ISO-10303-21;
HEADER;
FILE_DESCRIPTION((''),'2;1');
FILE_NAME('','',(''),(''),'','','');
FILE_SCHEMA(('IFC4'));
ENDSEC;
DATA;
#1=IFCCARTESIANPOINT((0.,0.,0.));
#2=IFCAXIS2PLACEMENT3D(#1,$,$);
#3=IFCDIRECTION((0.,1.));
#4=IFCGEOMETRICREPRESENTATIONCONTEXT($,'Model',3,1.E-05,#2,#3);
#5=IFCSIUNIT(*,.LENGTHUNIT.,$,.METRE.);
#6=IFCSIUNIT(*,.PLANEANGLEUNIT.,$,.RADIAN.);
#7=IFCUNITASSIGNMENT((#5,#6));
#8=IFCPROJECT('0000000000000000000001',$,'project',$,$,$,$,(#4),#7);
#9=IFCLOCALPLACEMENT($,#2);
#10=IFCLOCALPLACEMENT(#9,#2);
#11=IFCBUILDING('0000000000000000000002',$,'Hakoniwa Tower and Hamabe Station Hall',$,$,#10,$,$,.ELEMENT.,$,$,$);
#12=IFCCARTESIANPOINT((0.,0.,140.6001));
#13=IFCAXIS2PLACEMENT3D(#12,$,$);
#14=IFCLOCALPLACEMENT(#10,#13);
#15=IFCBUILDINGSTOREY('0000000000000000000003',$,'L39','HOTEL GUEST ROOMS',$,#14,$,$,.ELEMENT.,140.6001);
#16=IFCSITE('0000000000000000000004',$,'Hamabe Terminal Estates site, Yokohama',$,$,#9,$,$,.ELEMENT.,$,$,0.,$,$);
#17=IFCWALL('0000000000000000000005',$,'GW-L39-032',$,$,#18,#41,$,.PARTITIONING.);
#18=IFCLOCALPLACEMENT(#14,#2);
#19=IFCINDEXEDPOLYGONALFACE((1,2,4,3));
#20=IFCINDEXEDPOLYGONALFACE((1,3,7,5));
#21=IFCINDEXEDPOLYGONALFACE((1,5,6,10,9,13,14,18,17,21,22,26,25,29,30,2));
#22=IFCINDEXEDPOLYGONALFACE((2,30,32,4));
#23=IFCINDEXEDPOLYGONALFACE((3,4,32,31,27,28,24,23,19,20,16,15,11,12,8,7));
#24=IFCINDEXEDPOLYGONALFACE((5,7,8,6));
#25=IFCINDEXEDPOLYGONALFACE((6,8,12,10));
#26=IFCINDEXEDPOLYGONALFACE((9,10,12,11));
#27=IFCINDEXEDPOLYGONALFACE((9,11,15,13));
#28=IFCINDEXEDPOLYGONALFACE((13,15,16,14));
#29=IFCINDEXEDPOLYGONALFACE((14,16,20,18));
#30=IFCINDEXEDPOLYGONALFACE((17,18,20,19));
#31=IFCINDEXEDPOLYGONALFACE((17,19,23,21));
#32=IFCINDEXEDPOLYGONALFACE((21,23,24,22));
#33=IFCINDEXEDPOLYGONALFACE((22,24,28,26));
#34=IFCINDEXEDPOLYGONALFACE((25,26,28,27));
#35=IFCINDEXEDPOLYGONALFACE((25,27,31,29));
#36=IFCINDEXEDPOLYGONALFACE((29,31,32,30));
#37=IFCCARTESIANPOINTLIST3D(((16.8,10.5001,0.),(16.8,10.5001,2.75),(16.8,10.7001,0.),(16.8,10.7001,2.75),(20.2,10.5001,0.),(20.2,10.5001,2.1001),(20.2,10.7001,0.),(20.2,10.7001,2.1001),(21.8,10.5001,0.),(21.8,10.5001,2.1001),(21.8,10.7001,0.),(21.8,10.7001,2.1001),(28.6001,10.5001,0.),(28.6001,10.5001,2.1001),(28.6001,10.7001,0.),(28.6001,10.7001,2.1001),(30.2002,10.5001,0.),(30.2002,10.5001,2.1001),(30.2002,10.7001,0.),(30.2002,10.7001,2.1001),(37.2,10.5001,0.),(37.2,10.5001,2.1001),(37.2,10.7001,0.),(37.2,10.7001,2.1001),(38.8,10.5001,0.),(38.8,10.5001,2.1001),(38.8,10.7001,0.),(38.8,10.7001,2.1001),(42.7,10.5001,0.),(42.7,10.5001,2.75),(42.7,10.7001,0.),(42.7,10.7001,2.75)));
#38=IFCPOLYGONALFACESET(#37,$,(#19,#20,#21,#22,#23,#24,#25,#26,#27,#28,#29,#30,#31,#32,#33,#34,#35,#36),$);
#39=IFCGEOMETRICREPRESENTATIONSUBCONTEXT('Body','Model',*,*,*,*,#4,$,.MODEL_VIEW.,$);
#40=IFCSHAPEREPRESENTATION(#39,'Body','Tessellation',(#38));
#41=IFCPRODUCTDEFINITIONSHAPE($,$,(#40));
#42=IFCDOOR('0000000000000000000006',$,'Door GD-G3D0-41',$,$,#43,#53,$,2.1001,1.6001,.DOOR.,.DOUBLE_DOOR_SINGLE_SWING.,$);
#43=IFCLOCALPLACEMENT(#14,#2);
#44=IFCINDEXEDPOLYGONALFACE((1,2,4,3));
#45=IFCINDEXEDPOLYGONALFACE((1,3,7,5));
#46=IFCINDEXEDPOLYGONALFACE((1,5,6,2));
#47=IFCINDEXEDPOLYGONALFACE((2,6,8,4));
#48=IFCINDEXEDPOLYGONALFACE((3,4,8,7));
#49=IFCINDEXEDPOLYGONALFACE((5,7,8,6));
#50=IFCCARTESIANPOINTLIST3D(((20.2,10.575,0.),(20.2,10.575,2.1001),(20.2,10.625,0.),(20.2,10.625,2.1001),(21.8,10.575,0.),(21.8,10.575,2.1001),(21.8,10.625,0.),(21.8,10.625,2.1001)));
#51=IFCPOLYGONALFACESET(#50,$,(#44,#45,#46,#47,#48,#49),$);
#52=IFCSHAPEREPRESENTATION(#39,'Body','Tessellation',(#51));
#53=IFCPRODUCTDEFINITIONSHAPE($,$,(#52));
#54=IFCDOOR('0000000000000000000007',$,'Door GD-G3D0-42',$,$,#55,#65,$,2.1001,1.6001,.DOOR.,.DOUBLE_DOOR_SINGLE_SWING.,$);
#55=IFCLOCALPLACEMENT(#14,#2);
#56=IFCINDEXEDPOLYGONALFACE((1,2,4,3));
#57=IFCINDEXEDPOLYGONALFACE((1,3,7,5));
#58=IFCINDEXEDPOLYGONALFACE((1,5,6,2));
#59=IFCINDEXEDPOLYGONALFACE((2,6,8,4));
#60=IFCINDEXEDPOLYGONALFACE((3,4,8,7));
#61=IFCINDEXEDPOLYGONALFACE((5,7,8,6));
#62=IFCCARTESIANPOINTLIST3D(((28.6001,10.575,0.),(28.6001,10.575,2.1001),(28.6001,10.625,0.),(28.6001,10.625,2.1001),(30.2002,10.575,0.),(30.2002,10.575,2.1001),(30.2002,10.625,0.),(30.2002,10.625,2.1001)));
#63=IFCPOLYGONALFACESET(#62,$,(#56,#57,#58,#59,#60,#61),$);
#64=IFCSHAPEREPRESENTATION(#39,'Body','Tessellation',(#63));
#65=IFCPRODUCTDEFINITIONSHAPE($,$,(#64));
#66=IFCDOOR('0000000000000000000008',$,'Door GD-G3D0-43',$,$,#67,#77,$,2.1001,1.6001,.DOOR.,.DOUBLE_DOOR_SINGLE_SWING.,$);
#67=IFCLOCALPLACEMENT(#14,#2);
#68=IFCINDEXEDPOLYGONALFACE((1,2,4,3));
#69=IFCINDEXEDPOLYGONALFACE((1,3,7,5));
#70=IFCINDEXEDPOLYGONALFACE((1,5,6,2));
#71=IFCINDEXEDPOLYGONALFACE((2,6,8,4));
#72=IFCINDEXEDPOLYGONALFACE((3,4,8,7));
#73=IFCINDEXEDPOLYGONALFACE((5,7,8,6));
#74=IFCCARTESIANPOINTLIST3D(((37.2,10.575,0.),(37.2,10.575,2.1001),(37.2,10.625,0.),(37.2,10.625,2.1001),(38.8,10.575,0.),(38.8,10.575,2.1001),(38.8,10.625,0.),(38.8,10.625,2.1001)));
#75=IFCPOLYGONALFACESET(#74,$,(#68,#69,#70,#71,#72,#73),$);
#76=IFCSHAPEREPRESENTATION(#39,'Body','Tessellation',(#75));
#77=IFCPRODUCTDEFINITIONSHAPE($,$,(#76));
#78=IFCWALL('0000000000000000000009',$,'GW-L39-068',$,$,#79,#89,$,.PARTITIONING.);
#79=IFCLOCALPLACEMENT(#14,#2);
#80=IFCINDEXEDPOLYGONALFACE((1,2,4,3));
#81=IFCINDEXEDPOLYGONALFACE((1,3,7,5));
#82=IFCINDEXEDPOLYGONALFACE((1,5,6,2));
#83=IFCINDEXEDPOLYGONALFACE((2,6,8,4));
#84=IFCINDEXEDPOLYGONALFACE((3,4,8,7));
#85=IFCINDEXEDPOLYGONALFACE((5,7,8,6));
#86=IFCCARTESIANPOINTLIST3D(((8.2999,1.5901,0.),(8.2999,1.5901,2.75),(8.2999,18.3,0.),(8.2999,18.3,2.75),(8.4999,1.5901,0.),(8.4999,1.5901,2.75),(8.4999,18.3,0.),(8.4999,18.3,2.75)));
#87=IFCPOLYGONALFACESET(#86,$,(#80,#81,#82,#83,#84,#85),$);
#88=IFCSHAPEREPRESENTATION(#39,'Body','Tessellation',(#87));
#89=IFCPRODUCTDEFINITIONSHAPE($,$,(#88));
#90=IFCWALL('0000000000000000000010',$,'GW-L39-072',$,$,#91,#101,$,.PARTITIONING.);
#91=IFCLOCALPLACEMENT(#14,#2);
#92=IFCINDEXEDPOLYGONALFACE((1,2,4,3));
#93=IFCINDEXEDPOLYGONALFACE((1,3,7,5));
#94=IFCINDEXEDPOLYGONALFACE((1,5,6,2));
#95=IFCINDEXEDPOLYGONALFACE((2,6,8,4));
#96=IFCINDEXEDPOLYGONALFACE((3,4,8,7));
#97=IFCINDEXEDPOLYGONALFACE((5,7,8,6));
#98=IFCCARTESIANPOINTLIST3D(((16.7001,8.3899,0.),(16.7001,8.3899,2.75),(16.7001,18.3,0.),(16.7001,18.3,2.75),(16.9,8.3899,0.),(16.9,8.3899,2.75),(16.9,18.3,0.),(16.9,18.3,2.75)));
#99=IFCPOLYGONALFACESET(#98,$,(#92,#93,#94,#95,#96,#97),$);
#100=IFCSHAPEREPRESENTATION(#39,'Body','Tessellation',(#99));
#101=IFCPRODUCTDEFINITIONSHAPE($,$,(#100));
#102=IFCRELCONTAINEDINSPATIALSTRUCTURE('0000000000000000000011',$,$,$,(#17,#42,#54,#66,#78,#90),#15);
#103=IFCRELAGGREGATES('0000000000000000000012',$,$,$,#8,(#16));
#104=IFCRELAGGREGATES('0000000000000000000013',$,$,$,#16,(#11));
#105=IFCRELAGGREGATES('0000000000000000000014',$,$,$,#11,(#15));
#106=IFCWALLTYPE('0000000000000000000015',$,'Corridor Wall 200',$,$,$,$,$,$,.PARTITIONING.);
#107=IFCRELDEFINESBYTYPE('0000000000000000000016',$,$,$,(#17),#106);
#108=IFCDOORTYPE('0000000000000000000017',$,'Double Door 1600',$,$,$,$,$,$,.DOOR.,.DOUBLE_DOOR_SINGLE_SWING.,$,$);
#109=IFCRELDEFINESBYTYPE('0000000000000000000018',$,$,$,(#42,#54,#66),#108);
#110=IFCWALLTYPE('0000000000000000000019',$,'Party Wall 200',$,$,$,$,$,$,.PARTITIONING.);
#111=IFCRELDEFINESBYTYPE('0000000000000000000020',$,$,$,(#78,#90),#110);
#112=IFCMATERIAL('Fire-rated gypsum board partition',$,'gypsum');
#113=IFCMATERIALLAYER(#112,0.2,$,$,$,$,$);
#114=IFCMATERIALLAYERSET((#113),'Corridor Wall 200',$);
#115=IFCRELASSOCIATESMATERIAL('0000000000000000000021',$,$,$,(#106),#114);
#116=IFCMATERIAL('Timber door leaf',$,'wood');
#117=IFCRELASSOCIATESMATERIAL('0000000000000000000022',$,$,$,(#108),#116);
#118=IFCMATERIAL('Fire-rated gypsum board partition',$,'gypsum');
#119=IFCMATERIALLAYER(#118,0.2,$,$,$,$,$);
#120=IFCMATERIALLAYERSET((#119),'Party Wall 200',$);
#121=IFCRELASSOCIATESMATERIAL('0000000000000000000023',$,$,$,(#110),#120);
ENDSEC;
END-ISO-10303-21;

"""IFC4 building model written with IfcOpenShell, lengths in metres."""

from ifc_helpers import new_model, si_unit, direction, frame, frame_2d, origin, place, context, subcontext, project, spatial, rectangle, extrude, material, layer, layer_set, type_object, element, fill, save


model = new_model("IFC4")

# Units and contexts
model_context = context("Model", 3, precision=1e-05, world=origin(), true_north=direction((0.0, 1.0)))
body_context = subcontext(model_context, "Body", "Model", "MODEL_VIEW")
ifc_project = project(units=[si_unit("LENGTHUNIT", "METRE"), si_unit("PLANEANGLEUNIT", "RADIAN")], contexts=[model_context])

# Site, building, storey
site_placement = place(None, origin())
site = spatial("IfcSite", under=ifc_project, at=site_placement, Name="Hamabe Terminal Estates site, Yokohama", CompositionType="ELEMENT", RefElevation=0.0)
building_placement = place(site_placement, origin())
building = spatial("IfcBuilding", under=site, at=building_placement, Name="Hakoniwa Tower and Hamabe Station Hall", CompositionType="ELEMENT")
storey_placement = place(building_placement, frame((0.0, 0.0, 140.6001)))
storey = spatial("IfcBuildingStorey", under=building, at=storey_placement, Name="L39", Description="HOTEL GUEST ROOMS", CompositionType="ELEMENT", Elevation=140.6001)

# Wall, openings, doors
ifc_material_1 = material(Name="Fire-rated gypsum board partition", Category="gypsum")
ifc_layer_1 = layer(ifc_material_1, 0.2)
ifc_layer_set_1 = layer_set([ifc_layer_1], Name="Corridor Wall 200")
wall_type_1 = type_object("IfcWallType", Name="Corridor Wall 200", PredefinedType="PARTITIONING", material=ifc_layer_set_1)
wall_1_placement = place(storey_placement, frame((16.8, 10.6001, 0.0), z_axis=(0.0, 0.0, 1.0), x_axis=(1.0, 0.0, 0.0)))
wall_1 = element("IfcWall", 1, at=wall_1_placement, inside=storey, type_object=wall_type_1, Name="GW-L39-032", PredefinedType="PARTITIONING", context=body_context, shape_type="SweptSolid", body=[
    extrude(rectangle(XDim=25.8999, YDim=0.2, at=frame_2d((12.95, 0.0))), origin(), (0.0, 0.0, 1.0), 2.75),
])
opening_1_placement = place(wall_1_placement, frame((3.3999, 0.0, 0.0)))
opening_1 = element("IfcOpeningElement", 2, at=opening_1_placement, cuts=wall_1, PredefinedType="OPENING", context=body_context, shape_type="SweptSolid", body=[
    extrude(rectangle(XDim=1.6001, YDim=2.1001, at=frame_2d((0.8, 1.05))), frame((0.0, 0.1099, 0.0), z_axis=(0.0, -1.0, 0.0), x_axis=(1.0, 0.0, 0.0)), (0.0, 0.0, 1.0), 0.22),
])
opening_2_placement = place(wall_1_placement, frame((11.8, 0.0, 0.0)))
opening_2 = element("IfcOpeningElement", 3, at=opening_2_placement, cuts=wall_1, PredefinedType="OPENING", context=body_context, shape_type="SweptSolid", body=[
    extrude(rectangle(XDim=1.6001, YDim=2.1001, at=frame_2d((0.8, 1.05))), frame((0.0, 0.1099, 0.0), z_axis=(0.0, -1.0, 0.0), x_axis=(1.0, 0.0, 0.0)), (0.0, 0.0, 1.0), 0.22),
])
opening_3_placement = place(wall_1_placement, frame((20.3999, 0.0, 0.0)))
opening_3 = element("IfcOpeningElement", 4, at=opening_3_placement, cuts=wall_1, PredefinedType="OPENING", context=body_context, shape_type="SweptSolid", body=[
    extrude(rectangle(XDim=1.6001, YDim=2.1001, at=frame_2d((0.8, 1.05))), frame((0.0, 0.1099, 0.0), z_axis=(0.0, -1.0, 0.0), x_axis=(1.0, 0.0, 0.0)), (0.0, 0.0, 1.0), 0.22),
])
ifc_material_2 = material(Name="Timber door leaf", Category="wood")
door_type_1 = type_object("IfcDoorType", Name="Double Door 1600", OperationType="DOUBLE_DOOR_SINGLE_SWING", PredefinedType="DOOR", material=ifc_material_2)
door_1_placement = place(opening_1_placement, origin())
door_1 = element("IfcDoor", 5, at=door_1_placement, inside=storey, type_object=door_type_1, Name="Door GD-G3D0-41", OperationType="DOUBLE_DOOR_SINGLE_SWING", OverallHeight=2.1001, OverallWidth=1.6001, PredefinedType="DOOR", context=body_context, shape_type="SweptSolid", body=[
    extrude(rectangle(XDim=1.6001, YDim=2.1001, at=frame_2d((0.8, 1.05))), frame((0.0, 0.0249, 0.0), z_axis=(0.0, -1.0, 0.0), x_axis=(1.0, 0.0, 0.0)), (0.0, 0.0, 1.0), 0.05),
])
fill(opening_1, door_1)
door_2_placement = place(opening_2_placement, origin())
door_2 = element("IfcDoor", 6, at=door_2_placement, inside=storey, type_object=door_type_1, Name="Door GD-G3D0-42", OperationType="DOUBLE_DOOR_SINGLE_SWING", OverallHeight=2.1001, OverallWidth=1.6001, PredefinedType="DOOR", context=body_context, shape_type="SweptSolid", body=[
    extrude(rectangle(XDim=1.6001, YDim=2.1001, at=frame_2d((0.8, 1.05))), frame((0.0, 0.0249, 0.0), z_axis=(0.0, -1.0, 0.0), x_axis=(1.0, 0.0, 0.0)), (0.0, 0.0, 1.0), 0.05),
])
fill(opening_2, door_2)
door_3_placement = place(opening_3_placement, origin())
door_3 = element("IfcDoor", 7, at=door_3_placement, inside=storey, type_object=door_type_1, Name="Door GD-G3D0-43", OperationType="DOUBLE_DOOR_SINGLE_SWING", OverallHeight=2.1001, OverallWidth=1.6001, PredefinedType="DOOR", context=body_context, shape_type="SweptSolid", body=[
    extrude(rectangle(XDim=1.6001, YDim=2.1001, at=frame_2d((0.8, 1.05))), frame((0.0, 0.0249, 0.0), z_axis=(0.0, -1.0, 0.0), x_axis=(1.0, 0.0, 0.0)), (0.0, 0.0, 1.0), 0.05),
])
fill(opening_3, door_3)

# Walls
ifc_material_3 = material(Name="Fire-rated gypsum board partition", Category="gypsum")
ifc_layer_2 = layer(ifc_material_3, 0.2)
ifc_layer_set_2 = layer_set([ifc_layer_2], Name="Party Wall 200")
wall_type_2 = type_object("IfcWallType", Name="Party Wall 200", PredefinedType="PARTITIONING", material=ifc_layer_set_2)
wall_2_placement = place(storey_placement, frame((8.3999, 1.5901, 0.0), z_axis=(0.0, 0.0, 1.0), x_axis=(0.0, 1.0, 0.0)))
element("IfcWall", 8, at=wall_2_placement, inside=storey, type_object=wall_type_2, Name="GW-L39-068", PredefinedType="PARTITIONING", context=body_context, shape_type="SweptSolid", body=[
    extrude(rectangle(XDim=16.71, YDim=0.2, at=frame_2d((8.355, 0.0))), origin(), (0.0, 0.0, 1.0), 2.75),
])
wall_3_placement = place(storey_placement, frame((16.8, 8.3899, 0.0), z_axis=(0.0, 0.0, 1.0), x_axis=(0.0, 1.0, 0.0)))
element("IfcWall", 9, at=wall_3_placement, inside=storey, type_object=wall_type_2, Name="GW-L39-072", PredefinedType="PARTITIONING", context=body_context, shape_type="SweptSolid", body=[
    extrude(rectangle(XDim=9.9102, YDim=0.2, at=frame_2d((4.9551, 0.0))), origin(), (0.0, 0.0, 1.0), 2.75),
])

save(model, "model.ifc")
